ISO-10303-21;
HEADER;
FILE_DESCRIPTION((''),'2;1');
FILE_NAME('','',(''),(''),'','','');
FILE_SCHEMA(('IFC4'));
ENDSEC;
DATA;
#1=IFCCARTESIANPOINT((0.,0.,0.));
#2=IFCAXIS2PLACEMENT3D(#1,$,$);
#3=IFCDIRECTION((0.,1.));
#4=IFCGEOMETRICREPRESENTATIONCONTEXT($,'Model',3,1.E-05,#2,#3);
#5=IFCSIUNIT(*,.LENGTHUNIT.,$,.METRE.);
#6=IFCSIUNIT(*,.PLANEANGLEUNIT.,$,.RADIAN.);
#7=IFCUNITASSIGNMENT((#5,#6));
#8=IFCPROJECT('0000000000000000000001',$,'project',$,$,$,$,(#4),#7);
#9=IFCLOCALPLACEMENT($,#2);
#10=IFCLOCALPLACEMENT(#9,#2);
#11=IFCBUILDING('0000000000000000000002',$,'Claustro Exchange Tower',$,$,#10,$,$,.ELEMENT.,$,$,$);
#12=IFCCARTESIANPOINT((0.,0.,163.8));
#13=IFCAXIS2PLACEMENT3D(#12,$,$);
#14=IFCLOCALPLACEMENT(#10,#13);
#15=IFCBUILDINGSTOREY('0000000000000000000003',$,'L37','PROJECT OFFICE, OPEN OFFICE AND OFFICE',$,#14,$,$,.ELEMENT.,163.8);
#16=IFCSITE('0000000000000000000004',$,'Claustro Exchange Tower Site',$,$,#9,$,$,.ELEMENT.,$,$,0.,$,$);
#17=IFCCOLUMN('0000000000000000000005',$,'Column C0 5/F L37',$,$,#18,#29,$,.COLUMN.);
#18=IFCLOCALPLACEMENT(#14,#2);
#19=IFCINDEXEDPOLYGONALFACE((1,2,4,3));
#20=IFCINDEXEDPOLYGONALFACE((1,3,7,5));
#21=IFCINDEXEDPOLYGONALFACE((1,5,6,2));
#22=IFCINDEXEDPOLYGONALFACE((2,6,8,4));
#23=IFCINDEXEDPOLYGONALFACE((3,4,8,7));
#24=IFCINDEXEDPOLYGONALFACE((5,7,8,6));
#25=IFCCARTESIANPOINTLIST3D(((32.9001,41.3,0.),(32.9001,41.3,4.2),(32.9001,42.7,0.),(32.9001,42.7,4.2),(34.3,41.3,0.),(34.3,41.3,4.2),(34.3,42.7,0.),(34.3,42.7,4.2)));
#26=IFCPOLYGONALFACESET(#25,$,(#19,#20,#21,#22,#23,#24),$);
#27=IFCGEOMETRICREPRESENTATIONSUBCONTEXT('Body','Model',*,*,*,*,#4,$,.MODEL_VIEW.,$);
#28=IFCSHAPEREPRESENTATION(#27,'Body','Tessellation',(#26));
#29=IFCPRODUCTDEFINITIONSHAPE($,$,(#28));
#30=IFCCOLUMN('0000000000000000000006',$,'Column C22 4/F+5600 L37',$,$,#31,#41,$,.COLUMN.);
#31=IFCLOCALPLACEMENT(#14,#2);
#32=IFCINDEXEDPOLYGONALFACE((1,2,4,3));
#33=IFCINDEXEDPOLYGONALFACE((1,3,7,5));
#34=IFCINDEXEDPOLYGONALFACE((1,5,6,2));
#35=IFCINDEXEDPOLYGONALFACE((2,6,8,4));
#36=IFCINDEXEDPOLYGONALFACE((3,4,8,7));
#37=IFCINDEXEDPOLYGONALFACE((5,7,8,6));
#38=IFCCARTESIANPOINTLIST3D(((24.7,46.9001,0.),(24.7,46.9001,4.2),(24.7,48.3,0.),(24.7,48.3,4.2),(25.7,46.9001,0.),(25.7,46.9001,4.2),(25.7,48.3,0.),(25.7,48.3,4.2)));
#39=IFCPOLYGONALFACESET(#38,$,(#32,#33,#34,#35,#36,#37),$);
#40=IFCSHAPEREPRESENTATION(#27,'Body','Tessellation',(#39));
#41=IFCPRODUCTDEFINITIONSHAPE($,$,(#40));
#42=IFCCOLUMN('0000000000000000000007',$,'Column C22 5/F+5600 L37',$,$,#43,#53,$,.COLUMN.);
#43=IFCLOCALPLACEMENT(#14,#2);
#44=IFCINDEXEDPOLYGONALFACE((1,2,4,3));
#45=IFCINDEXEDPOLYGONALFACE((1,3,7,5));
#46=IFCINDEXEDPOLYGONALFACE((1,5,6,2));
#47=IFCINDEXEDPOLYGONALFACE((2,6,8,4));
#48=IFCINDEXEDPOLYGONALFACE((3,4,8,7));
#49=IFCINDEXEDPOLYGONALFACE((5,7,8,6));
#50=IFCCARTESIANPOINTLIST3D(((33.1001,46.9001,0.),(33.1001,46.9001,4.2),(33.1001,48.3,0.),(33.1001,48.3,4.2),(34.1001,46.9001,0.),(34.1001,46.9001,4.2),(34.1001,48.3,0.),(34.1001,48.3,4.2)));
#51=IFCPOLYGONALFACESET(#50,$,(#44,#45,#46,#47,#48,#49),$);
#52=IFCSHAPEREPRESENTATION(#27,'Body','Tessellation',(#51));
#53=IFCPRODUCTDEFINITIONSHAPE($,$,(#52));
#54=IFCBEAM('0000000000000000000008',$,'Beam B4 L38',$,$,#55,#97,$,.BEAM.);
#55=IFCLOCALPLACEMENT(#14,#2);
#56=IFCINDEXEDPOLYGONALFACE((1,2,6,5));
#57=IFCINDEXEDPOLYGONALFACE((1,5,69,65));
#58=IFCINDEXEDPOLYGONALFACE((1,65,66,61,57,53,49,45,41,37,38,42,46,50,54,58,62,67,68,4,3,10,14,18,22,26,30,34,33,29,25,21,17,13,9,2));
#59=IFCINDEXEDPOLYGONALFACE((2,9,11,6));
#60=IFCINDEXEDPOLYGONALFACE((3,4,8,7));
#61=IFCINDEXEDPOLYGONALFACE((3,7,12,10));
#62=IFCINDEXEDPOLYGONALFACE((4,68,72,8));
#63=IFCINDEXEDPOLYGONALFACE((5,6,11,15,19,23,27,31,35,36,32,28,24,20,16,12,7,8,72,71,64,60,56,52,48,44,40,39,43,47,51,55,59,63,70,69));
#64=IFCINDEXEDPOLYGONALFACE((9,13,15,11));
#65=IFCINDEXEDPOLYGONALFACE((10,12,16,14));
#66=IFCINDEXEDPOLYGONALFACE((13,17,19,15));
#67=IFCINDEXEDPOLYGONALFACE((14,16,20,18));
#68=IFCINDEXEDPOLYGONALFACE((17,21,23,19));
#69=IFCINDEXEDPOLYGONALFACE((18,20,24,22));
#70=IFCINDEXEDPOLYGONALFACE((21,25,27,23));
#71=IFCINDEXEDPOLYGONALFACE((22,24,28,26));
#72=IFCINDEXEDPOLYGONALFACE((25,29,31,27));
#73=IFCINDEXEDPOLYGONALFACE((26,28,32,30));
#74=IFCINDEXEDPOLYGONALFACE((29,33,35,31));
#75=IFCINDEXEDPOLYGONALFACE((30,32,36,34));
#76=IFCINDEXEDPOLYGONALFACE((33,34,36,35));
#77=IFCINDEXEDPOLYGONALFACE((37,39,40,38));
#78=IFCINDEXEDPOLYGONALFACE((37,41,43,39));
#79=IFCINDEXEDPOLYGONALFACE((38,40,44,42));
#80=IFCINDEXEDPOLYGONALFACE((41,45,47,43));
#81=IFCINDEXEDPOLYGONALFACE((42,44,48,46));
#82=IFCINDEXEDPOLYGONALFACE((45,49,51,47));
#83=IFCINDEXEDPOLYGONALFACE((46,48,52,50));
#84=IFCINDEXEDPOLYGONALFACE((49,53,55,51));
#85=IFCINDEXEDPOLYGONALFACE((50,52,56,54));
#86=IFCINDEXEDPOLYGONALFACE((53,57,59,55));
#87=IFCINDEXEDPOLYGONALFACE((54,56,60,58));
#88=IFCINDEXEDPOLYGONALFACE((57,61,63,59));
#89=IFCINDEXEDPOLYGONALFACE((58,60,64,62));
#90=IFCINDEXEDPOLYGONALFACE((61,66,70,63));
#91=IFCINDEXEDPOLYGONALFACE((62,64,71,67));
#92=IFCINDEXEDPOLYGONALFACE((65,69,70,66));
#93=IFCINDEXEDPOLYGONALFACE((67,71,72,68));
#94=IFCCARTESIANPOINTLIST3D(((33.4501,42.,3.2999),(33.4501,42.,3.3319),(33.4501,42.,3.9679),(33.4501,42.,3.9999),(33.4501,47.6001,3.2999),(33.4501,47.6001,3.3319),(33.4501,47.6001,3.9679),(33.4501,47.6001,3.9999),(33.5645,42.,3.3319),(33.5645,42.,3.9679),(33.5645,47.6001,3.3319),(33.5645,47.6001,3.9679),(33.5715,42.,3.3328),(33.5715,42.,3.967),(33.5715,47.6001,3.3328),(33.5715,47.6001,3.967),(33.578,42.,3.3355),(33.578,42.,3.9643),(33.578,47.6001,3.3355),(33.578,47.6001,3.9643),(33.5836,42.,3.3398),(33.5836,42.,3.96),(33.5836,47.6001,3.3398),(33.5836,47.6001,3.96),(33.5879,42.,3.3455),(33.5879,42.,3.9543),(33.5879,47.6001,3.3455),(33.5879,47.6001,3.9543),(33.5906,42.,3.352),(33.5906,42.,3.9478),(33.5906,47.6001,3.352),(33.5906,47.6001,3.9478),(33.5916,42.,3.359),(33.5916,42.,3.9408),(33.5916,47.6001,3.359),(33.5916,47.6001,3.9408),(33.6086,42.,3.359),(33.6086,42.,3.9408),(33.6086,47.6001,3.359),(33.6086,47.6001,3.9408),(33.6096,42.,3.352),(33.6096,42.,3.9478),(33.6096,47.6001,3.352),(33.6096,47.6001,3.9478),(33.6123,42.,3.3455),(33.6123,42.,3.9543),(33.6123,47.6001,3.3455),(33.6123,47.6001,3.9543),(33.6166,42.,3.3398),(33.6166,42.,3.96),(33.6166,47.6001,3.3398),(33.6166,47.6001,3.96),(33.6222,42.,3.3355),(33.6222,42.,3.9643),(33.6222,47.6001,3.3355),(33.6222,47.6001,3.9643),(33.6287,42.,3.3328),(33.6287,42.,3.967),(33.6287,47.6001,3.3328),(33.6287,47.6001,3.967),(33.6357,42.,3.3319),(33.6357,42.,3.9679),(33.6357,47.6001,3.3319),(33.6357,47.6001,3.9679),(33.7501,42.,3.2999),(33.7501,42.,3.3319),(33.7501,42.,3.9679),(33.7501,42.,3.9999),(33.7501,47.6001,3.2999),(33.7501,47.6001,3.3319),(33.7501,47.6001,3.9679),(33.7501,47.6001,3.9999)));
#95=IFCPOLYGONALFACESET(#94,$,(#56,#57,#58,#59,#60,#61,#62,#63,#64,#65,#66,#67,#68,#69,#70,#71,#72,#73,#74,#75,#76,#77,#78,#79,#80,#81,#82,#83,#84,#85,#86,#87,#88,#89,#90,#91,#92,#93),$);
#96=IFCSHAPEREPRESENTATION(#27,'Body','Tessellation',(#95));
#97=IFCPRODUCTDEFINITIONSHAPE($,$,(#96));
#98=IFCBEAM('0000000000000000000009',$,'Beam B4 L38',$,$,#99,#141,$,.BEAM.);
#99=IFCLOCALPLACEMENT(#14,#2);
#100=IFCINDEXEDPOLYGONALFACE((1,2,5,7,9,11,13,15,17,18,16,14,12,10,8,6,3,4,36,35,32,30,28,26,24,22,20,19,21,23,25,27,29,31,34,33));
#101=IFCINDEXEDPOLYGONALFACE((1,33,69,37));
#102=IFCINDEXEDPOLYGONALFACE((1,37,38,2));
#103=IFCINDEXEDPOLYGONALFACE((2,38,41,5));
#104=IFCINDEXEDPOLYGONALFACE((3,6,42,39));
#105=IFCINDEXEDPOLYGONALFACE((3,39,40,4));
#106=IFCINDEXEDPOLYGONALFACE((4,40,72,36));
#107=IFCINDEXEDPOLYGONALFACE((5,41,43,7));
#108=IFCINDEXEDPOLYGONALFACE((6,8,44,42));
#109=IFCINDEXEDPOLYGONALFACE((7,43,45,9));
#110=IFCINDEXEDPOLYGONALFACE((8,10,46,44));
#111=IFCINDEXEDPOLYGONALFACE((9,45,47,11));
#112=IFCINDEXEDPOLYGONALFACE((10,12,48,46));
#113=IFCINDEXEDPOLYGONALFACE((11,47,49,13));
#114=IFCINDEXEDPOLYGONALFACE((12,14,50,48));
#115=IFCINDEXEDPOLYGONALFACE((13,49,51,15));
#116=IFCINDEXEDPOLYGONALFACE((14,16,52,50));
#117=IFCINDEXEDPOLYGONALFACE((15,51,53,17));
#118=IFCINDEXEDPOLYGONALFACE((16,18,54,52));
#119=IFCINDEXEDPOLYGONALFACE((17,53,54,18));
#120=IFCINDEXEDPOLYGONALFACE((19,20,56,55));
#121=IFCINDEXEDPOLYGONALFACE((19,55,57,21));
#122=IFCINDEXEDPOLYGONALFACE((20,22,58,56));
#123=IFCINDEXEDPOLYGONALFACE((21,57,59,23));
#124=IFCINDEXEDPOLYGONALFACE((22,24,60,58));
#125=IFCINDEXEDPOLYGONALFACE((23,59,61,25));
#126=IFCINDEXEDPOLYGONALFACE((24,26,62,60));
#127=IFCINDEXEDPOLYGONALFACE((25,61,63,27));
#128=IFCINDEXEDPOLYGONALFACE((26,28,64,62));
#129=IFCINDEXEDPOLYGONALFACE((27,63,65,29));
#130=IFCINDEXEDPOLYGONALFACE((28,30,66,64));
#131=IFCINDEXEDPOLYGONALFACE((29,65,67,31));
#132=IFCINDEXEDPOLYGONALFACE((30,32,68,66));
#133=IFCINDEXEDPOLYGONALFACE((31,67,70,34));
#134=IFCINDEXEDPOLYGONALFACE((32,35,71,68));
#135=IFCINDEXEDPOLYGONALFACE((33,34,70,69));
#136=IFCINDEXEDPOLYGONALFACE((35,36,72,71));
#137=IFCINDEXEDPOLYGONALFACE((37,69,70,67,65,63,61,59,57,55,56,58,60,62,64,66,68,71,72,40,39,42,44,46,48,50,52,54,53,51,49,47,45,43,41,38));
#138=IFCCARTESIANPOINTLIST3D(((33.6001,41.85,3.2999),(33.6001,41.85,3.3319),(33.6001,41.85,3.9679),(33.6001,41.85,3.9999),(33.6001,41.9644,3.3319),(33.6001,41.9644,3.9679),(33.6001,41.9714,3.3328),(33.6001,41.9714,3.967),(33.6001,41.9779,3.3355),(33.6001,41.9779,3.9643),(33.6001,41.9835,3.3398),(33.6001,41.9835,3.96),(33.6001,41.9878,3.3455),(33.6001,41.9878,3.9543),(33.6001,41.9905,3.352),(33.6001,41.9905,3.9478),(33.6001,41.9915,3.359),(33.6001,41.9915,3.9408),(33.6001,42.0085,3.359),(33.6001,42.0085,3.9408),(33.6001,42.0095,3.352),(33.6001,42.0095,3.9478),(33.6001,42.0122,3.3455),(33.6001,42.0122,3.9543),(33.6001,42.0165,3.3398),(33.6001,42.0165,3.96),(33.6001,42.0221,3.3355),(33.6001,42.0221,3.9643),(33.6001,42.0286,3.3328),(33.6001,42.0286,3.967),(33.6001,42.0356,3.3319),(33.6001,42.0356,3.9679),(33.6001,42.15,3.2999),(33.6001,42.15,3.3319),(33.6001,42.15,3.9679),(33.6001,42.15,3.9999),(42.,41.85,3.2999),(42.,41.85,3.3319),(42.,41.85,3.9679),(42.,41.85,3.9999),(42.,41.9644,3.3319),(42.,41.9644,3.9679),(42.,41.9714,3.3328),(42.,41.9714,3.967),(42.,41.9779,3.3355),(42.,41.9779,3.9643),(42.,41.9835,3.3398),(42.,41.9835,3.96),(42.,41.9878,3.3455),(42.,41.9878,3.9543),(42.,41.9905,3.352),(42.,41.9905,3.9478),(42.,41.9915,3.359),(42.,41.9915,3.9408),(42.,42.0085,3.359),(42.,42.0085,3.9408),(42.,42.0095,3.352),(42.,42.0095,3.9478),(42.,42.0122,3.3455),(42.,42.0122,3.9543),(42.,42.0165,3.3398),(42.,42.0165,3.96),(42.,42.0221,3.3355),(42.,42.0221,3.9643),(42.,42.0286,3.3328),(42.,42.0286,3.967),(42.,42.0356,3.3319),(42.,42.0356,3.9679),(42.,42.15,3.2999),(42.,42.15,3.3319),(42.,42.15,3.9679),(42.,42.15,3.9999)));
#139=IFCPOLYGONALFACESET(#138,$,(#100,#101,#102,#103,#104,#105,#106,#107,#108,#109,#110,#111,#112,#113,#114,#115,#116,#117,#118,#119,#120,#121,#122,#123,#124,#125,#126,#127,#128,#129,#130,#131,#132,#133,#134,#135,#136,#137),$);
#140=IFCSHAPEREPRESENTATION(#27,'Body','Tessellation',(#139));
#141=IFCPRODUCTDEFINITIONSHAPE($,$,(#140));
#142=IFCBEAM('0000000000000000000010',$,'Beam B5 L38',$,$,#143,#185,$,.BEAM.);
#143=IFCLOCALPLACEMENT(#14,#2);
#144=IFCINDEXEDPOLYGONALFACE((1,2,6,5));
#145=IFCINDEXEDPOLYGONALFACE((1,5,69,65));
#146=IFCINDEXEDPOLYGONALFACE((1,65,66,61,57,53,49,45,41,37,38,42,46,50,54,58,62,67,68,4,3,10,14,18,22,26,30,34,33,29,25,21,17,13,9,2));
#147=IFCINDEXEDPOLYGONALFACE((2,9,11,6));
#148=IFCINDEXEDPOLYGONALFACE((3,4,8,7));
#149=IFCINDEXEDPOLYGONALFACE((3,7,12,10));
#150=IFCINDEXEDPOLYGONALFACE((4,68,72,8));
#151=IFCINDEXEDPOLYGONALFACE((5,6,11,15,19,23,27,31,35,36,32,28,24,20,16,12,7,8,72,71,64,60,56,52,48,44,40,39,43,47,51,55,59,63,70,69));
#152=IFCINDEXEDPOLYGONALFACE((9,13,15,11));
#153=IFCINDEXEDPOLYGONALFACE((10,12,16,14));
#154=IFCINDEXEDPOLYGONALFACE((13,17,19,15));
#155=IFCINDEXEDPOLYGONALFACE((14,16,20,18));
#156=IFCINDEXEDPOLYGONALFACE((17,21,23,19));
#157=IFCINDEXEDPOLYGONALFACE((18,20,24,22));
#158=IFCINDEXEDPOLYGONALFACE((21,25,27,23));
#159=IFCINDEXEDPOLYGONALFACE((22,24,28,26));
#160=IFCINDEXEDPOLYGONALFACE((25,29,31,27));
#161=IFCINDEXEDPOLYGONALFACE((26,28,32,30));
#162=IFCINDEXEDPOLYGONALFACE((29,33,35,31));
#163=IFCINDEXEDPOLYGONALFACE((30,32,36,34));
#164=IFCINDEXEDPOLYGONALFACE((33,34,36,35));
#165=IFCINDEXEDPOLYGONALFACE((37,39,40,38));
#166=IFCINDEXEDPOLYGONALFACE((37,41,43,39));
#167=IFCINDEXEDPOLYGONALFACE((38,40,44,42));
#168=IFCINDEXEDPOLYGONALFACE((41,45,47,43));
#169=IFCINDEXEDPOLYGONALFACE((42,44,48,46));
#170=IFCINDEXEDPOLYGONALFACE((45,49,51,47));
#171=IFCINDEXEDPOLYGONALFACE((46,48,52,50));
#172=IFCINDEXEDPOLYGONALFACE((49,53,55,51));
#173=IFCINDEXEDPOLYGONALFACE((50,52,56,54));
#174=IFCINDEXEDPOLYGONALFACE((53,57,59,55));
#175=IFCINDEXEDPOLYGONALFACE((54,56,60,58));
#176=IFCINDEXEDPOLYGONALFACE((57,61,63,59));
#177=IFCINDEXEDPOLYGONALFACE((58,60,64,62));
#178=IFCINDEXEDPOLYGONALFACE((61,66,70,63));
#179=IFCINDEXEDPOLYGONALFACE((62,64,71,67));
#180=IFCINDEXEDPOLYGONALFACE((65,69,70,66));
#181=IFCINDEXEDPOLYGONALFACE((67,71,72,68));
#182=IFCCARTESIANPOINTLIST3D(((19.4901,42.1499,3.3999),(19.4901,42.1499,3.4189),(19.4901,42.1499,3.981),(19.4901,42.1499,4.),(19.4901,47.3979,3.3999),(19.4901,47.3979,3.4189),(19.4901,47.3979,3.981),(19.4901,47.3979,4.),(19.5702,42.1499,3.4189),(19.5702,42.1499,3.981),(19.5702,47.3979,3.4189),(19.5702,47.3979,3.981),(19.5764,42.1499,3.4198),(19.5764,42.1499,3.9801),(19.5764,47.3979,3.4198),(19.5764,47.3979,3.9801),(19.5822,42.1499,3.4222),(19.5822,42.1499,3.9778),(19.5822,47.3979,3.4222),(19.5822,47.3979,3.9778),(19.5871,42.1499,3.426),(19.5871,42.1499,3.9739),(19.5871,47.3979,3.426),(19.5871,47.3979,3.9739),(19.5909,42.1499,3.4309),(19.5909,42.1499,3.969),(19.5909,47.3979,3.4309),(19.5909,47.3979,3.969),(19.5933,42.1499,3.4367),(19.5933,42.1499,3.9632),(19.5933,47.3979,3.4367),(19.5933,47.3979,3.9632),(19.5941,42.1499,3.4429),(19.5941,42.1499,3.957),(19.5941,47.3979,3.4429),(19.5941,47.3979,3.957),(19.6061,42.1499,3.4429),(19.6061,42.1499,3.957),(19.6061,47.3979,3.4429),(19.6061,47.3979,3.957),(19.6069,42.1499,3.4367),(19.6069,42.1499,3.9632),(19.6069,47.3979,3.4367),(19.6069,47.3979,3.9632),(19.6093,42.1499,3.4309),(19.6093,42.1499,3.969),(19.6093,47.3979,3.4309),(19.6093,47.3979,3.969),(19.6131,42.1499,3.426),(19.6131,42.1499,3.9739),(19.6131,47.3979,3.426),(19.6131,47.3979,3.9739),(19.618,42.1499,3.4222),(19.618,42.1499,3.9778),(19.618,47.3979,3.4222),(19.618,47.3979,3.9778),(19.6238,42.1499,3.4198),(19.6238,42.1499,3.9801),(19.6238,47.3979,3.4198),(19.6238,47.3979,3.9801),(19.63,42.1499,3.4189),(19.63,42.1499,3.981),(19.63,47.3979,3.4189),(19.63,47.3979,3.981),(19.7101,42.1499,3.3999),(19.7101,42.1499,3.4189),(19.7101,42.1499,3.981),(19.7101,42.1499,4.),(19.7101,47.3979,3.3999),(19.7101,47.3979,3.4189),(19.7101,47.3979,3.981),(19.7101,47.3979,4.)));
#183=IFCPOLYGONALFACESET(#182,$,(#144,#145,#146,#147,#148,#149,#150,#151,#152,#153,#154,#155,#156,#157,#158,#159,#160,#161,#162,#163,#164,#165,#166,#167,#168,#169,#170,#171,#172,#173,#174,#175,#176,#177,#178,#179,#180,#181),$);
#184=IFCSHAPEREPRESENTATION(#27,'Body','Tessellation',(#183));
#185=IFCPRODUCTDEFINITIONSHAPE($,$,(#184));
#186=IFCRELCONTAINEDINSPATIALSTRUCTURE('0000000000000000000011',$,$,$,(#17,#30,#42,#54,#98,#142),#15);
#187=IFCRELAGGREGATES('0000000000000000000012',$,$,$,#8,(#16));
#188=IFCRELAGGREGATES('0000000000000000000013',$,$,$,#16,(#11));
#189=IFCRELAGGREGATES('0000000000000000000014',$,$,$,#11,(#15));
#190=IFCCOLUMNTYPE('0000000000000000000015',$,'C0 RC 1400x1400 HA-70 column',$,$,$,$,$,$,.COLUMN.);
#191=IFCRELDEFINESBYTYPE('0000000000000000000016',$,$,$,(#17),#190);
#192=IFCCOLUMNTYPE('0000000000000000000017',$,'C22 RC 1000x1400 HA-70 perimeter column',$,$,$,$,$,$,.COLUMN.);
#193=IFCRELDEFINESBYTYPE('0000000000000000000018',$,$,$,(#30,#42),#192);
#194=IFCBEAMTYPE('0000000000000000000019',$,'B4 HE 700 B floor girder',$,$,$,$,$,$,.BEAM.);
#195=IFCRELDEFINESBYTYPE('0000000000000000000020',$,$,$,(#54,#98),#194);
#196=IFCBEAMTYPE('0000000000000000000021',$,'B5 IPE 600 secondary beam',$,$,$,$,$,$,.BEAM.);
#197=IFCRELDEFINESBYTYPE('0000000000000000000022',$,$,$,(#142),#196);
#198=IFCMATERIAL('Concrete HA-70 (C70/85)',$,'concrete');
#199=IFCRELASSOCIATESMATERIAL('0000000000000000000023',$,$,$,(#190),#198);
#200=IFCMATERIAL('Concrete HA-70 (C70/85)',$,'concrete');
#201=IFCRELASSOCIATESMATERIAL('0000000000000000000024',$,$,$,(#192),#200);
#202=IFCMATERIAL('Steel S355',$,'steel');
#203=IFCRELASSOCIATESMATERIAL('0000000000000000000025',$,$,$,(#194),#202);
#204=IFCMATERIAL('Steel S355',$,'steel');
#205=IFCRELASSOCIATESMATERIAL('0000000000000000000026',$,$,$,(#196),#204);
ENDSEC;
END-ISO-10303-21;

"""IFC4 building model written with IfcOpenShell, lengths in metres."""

from ifc_helpers import new_model, si_unit, direction, frame, origin, origin_2d, place, context, subcontext, project, spatial, rectangle, i_section, extrude, material, material_profile, profile_set, type_object, element, save


model = new_model("IFC4")

# Units and contexts
model_context = context("Model", 3, precision=1e-05, world=origin(), true_north=direction((0.0, 1.0)))
body_context = subcontext(model_context, "Body", "Model", "MODEL_VIEW")
ifc_project = project(units=[si_unit("LENGTHUNIT", "METRE"), si_unit("PLANEANGLEUNIT", "RADIAN")], contexts=[model_context])

# Site, building, storey
site_placement = place(None, origin())
site = spatial("IfcSite", under=ifc_project, at=site_placement, Name="Claustro Exchange Tower Site", CompositionType="ELEMENT", RefElevation=0.0)
building_placement = place(site_placement, origin())
building = spatial("IfcBuilding", under=site, at=building_placement, Name="Claustro Exchange Tower", CompositionType="ELEMENT")
storey_placement = place(building_placement, frame((0.0, 0.0, 163.8)))
storey = spatial("IfcBuildingStorey", under=building, at=storey_placement, Name="L37", Description="PROJECT OFFICE, OPEN OFFICE AND OFFICE", CompositionType="ELEMENT", Elevation=163.8)

# Columns
ifc_material_1 = material(Name="Concrete HA-70 (C70/85)", Category="concrete")
ifc_material_profile_1 = material_profile(ifc_material_1, rectangle(XDim=1.3999, YDim=1.3999, at=origin_2d()), Name="RC 1400x1400")
ifc_profile_set_1 = profile_set([ifc_material_profile_1], Name="Concrete HA-70 (C70/85)")
column_type_1 = type_object("IfcColumnType", Name="C0 RC 1400x1400 HA-70 column", PredefinedType="COLUMN", material=ifc_profile_set_1)
column_placement = place(storey_placement, frame((33.6001, 42.0, 0.0), z_axis=(0.0, 0.0, 1.0), x_axis=(1.0, 0.0, 0.0)))
element("IfcColumn", 1, at=column_placement, inside=storey, type_object=column_type_1, Name="Column C0 5/F L37", PredefinedType="COLUMN", context=body_context, shape_type="SweptSolid", body=[
    extrude(rectangle(XDim=1.3999, YDim=1.3999, at=origin_2d()), origin(), (0.0, 0.0, 1.0), 4.2),
])
ifc_material_2 = material(Name="Concrete HA-70 (C70/85)", Category="concrete")
ifc_material_profile_2 = material_profile(ifc_material_2, rectangle(XDim=1.0, YDim=1.3999, at=origin_2d()), Name="RC 1000x1400")
ifc_profile_set_2 = profile_set([ifc_material_profile_2], Name="Concrete HA-70 (C70/85)")
column_type_2 = type_object("IfcColumnType", Name="C22 RC 1000x1400 HA-70 perimeter column", PredefinedType="COLUMN", material=ifc_profile_set_2)
for number, where, z_axis, x_axis, name in (
    (2, (25.2, 47.6001, 0.0), (0.0, 0.0, 1.0), (1.0, 0.0, 0.0), "Column C22 4/F+5600 L37"),
    (3, (33.6001, 47.6001, 0.0), (0.0, 0.0, 1.0), (1.0, 0.0, 0.0), "Column C22 5/F+5600 L37"),
):
    element("IfcColumn", number, at=place(storey_placement, frame(where, z_axis=z_axis, x_axis=x_axis)), inside=storey, type_object=column_type_2, Name=name, PredefinedType="COLUMN", context=body_context, shape_type="SweptSolid", body=[
        extrude(rectangle(XDim=1.0, YDim=1.3999, at=origin_2d()), origin(), (0.0, 0.0, 1.0), 4.2),
    ])

# Beams
ifc_material_3 = material(Name="Steel S355", Category="steel")
ifc_material_profile_3 = material_profile(ifc_material_3, i_section(OverallWidth=0.3, OverallDepth=0.7, WebThickness=0.0171, FlangeThickness=0.032, FilletRadius=0.0271, at=origin_2d()), Name="HE 700 B")
ifc_profile_set_3 = profile_set([ifc_material_profile_3], Name="Steel S355")
beam_type_1 = type_object("IfcBeamType", Name="B4 HE 700 B floor girder", PredefinedType="BEAM", material=ifc_profile_set_3)
beam_1_placement = place(storey_placement, frame((33.6001, 42.0, 3.6499), z_axis=(0.0, 1.0, 0.0), x_axis=(-1.0, 0.0, 0.0)))
element("IfcBeam", 4, at=beam_1_placement, inside=storey, type_object=beam_type_1, Name="Beam B4 L38", PredefinedType="BEAM", context=body_context, shape_type="SweptSolid", body=[
    extrude(i_section(OverallWidth=0.3, OverallDepth=0.7, WebThickness=0.0171, FlangeThickness=0.032, FilletRadius=0.0271, at=origin_2d()), origin(), (0.0, 0.0, 1.0), 5.6001),
])
beam_2_placement = place(storey_placement, frame((33.6001, 42.0, 3.6499), z_axis=(1.0, 0.0, 0.0), x_axis=(0.0, 1.0, 0.0)))
element("IfcBeam", 5, at=beam_2_placement, inside=storey, type_object=beam_type_1, Name="Beam B4 L38", PredefinedType="BEAM", context=body_context, shape_type="SweptSolid", body=[
    extrude(i_section(OverallWidth=0.3, OverallDepth=0.7, WebThickness=0.0171, FlangeThickness=0.032, FilletRadius=0.0271, at=origin_2d()), origin(), (0.0, 0.0, 1.0), 8.3999),
])
ifc_material_4 = material(Name="Steel S355", Category="steel")
ifc_material_profile_4 = material_profile(ifc_material_4, i_section(OverallWidth=0.22, OverallDepth=0.6001, WebThickness=0.012, FlangeThickness=0.019, FilletRadius=0.0239, at=origin_2d()), Name="IPE 600")
ifc_profile_set_4 = profile_set([ifc_material_profile_4], Name="Steel S355")
beam_type_2 = type_object("IfcBeamType", Name="B5 IPE 600 secondary beam", PredefinedType="BEAM", material=ifc_profile_set_4)
for number, where, z_axis, x_axis, name in (
    (6, (19.6001, 42.1499, 3.7), (0.0, 1.0, 0.0), (-1.0, 0.0, 0.0), "Beam B5 L38"),
):
    element("IfcBeam", number, at=place(storey_placement, frame(where, z_axis=z_axis, x_axis=x_axis)), inside=storey, type_object=beam_type_2, Name=name, PredefinedType="BEAM", context=body_context, shape_type="SweptSolid", body=[
        extrude(i_section(OverallWidth=0.22, OverallDepth=0.6001, WebThickness=0.012, FlangeThickness=0.019, FilletRadius=0.0239, at=origin_2d()), origin(), (0.0, 0.0, 1.0), 5.248),
    ])

save(model, "model.ifc")
